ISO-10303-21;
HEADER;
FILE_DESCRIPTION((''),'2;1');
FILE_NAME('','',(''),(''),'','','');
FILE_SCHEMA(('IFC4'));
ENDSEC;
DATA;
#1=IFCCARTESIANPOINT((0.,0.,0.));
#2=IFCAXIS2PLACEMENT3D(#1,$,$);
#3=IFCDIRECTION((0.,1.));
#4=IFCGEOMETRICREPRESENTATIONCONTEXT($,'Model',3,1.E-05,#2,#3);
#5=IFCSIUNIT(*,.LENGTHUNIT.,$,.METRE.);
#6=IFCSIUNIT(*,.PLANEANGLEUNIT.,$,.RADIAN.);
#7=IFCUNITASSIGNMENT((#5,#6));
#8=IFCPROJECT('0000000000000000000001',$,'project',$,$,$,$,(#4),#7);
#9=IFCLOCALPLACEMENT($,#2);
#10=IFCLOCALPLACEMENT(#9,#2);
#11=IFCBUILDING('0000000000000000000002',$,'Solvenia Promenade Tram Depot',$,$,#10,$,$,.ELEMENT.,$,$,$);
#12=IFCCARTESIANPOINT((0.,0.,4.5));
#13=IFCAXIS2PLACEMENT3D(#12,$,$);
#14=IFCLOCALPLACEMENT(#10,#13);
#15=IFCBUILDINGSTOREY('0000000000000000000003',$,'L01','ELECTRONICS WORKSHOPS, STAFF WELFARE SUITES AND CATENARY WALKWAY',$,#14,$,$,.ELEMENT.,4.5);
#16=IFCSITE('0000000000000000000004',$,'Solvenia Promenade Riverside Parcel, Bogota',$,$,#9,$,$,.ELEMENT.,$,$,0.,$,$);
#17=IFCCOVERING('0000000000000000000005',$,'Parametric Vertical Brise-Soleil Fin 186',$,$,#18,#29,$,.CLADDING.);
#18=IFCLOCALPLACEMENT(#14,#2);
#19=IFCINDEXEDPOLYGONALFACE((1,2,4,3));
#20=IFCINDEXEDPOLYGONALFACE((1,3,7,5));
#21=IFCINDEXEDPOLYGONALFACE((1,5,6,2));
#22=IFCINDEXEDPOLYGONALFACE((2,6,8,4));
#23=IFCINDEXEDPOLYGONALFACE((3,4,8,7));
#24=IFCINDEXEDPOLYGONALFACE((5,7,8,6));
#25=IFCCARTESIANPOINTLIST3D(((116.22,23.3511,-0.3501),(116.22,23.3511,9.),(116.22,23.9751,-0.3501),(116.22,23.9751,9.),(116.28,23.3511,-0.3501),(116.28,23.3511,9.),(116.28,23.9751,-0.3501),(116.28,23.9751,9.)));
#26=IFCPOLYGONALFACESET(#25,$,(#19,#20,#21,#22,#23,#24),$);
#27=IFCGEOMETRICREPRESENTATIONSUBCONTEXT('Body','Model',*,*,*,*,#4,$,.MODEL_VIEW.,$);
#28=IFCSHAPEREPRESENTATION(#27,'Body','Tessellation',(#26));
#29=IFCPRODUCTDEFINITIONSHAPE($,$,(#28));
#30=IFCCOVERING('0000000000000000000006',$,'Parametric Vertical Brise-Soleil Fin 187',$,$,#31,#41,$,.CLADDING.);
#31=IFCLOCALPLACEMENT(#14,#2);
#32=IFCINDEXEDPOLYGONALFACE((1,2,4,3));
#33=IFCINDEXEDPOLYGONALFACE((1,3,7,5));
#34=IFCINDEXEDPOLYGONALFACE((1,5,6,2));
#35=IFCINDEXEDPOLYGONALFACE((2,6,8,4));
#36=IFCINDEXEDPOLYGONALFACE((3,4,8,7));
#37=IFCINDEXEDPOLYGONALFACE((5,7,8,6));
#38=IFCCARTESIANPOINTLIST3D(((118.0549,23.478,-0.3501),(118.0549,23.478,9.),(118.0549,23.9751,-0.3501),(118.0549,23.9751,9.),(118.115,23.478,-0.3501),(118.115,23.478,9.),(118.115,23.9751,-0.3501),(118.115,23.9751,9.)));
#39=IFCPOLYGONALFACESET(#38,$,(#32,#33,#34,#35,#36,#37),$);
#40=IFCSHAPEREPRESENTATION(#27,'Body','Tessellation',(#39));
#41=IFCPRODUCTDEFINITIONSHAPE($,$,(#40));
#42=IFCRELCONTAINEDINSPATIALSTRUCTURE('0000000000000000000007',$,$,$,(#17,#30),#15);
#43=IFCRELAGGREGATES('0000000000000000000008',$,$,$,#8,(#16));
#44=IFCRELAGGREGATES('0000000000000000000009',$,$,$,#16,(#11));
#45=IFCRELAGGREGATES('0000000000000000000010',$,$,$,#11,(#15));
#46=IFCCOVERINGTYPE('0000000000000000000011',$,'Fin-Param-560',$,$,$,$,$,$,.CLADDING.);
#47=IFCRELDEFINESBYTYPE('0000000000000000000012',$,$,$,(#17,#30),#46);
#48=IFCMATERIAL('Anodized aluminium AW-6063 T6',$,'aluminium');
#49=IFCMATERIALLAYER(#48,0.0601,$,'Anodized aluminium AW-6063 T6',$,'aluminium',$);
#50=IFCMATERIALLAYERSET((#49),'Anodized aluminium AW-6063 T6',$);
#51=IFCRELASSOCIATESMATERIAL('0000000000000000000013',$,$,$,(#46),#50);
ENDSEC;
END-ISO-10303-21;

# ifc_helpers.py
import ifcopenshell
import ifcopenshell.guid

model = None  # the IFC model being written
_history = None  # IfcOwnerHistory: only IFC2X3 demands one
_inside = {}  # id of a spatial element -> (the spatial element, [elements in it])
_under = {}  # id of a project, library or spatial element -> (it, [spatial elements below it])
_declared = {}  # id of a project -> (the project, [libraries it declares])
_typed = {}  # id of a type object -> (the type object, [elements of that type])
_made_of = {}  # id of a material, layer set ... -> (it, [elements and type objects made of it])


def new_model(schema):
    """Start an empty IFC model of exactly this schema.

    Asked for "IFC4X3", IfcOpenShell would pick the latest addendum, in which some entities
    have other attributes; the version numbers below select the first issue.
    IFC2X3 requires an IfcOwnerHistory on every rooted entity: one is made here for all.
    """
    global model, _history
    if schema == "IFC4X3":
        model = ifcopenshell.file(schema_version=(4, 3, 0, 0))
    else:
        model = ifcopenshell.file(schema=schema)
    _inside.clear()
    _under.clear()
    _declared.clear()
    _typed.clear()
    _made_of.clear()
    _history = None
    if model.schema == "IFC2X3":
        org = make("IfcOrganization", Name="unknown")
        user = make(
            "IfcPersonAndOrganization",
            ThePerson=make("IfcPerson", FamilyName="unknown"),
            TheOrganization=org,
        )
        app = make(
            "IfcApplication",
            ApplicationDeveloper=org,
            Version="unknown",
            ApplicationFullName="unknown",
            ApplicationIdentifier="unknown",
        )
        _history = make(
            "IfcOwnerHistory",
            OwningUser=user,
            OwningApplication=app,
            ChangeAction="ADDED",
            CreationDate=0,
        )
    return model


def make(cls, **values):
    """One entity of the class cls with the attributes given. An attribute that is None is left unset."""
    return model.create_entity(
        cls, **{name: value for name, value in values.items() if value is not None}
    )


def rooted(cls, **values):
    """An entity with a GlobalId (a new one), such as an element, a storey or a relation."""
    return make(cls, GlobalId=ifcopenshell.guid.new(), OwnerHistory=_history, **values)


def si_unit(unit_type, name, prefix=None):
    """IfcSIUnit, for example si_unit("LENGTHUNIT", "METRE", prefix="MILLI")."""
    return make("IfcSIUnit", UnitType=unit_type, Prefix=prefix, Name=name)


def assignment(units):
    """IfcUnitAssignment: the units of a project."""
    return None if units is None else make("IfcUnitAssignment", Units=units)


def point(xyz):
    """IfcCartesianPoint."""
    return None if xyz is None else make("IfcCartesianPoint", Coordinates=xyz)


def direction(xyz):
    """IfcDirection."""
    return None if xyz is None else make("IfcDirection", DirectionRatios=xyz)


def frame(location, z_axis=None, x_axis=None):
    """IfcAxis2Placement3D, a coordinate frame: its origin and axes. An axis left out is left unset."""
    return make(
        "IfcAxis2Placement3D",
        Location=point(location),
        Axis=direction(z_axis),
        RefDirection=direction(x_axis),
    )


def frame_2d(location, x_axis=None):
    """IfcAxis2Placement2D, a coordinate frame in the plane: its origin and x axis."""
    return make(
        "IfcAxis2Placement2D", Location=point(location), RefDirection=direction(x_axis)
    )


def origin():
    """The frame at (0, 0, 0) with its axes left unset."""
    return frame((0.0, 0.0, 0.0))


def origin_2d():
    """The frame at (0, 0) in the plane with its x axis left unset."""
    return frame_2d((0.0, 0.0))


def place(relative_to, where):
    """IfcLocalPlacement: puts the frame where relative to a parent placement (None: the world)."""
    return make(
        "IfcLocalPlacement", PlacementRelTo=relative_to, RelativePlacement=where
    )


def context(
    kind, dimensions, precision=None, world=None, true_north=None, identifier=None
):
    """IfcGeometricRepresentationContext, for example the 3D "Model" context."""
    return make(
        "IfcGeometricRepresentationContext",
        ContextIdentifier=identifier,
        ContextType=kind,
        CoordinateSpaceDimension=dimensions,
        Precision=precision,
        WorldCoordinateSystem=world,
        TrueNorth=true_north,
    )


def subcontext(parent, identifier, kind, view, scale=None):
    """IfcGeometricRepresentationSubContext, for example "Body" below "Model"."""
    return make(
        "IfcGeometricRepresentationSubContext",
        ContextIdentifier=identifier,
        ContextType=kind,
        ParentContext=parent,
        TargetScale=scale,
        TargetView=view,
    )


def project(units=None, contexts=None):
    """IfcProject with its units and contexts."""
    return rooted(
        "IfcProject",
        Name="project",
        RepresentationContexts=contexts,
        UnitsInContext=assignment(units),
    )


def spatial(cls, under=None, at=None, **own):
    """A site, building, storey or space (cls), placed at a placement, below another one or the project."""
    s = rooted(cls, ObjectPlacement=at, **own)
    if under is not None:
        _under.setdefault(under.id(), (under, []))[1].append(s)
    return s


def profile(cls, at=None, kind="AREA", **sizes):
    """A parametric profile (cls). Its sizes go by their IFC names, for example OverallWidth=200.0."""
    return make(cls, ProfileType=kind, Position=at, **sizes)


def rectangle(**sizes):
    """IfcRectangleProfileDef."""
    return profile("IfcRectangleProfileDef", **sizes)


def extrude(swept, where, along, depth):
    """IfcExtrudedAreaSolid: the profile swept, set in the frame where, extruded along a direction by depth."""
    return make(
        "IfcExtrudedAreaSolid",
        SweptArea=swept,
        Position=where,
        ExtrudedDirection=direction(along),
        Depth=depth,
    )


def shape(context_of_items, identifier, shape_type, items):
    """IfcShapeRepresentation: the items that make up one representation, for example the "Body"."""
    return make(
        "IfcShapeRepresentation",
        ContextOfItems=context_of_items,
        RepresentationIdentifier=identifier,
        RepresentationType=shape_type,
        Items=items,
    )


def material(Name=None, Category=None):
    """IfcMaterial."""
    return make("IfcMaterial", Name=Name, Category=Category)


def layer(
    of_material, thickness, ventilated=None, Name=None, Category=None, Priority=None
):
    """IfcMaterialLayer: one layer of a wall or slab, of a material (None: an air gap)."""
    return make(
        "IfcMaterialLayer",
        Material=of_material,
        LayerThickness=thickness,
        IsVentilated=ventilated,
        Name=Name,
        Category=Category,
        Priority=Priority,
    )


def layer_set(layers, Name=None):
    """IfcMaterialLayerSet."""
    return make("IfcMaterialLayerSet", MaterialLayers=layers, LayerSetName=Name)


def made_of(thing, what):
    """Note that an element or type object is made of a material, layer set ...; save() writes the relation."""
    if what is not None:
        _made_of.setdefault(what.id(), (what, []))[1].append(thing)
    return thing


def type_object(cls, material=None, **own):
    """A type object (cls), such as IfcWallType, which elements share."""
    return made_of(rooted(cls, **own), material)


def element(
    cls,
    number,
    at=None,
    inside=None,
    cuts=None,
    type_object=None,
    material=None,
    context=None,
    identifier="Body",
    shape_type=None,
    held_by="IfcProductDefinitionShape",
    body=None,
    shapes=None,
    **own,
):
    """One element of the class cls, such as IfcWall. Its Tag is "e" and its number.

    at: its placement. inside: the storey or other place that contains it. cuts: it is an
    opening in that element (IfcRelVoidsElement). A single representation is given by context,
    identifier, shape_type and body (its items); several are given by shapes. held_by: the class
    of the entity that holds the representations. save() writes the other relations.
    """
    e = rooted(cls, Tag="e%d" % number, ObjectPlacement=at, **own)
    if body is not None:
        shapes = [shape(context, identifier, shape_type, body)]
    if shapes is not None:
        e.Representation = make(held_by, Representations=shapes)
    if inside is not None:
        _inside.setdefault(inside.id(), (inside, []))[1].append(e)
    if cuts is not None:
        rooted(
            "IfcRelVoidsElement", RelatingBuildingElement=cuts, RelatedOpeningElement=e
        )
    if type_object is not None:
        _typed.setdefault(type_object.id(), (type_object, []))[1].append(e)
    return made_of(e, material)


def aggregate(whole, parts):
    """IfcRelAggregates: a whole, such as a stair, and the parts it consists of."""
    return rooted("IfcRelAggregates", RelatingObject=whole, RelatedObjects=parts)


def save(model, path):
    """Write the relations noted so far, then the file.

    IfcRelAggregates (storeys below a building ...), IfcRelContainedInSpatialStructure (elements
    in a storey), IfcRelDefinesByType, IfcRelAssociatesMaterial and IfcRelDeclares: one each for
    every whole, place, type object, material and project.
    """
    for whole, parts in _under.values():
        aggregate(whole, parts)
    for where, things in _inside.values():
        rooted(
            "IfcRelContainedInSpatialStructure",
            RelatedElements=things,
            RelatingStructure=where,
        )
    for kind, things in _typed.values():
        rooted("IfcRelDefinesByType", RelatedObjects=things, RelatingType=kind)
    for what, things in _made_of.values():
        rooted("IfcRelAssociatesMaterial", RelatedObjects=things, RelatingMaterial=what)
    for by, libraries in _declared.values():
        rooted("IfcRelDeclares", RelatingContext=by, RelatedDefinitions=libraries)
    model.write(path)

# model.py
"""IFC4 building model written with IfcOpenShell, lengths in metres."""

from ifc_helpers import new_model, si_unit, direction, frame, origin, origin_2d, place, context, subcontext, project, spatial, rectangle, extrude, material, layer, layer_set, type_object, element, save


model = new_model("IFC4")

# Units and contexts
model_context = context("Model", 3, precision=1e-05, world=origin(), true_north=direction((0.0, 1.0)))
body_context = subcontext(model_context, "Body", "Model", "MODEL_VIEW")
ifc_project = project(units=[si_unit("LENGTHUNIT", "METRE"), si_unit("PLANEANGLEUNIT", "RADIAN")], contexts=[model_context])

# Site, building, storey
site_placement = place(None, origin())
site = spatial("IfcSite", under=ifc_project, at=site_placement, Name="Solvenia Promenade Riverside Parcel, Bogota", CompositionType="ELEMENT", RefElevation=0.0)
building_placement = place(site_placement, origin())
building = spatial("IfcBuilding", under=site, at=building_placement, Name="Solvenia Promenade Tram Depot", CompositionType="ELEMENT")
storey_placement = place(building_placement, frame((0.0, 0.0, 4.5)))
storey = spatial("IfcBuildingStorey", under=building, at=storey_placement, Name="L01", Description="ELECTRONICS WORKSHOPS, STAFF WELFARE SUITES AND CATENARY WALKWAY", CompositionType="ELEMENT", Elevation=4.5)

# Shared definitions
ifc_material_1 = material(Name="Anodized aluminium AW-6063 T6", Category="aluminium")

# Coverings
ifc_layer_1 = layer(ifc_material_1, 0.0601, Name="Anodized aluminium AW-6063 T6", Category="aluminium")
ifc_layer_set_1 = layer_set([ifc_layer_1], Name="Anodized aluminium AW-6063 T6")
covering_type = type_object("IfcCoveringType", Name="Fin-Param-560", PredefinedType="CLADDING", material=ifc_layer_set_1)
covering_1_placement = place(storey_placement, frame((116.25, 23.6631, -0.3501), z_axis=(0.0, 0.0, 1.0), x_axis=(1.0, 0.0, 0.0)))
element("IfcCovering", 1, at=covering_1_placement, inside=storey, type_object=covering_type, Name="Parametric Vertical Brise-Soleil Fin 186", PredefinedType="CLADDING", context=body_context, shape_type="SweptSolid", body=[
    extrude(rectangle(XDim=0.0601, YDim=0.624, at=origin_2d()), origin(), (0.0, 0.0, 1.0), 9.3501),
])
covering_2_placement = place(storey_placement, frame((118.085, 23.7266, -0.3501), z_axis=(0.0, 0.0, 1.0), x_axis=(1.0, 0.0, 0.0)))
element("IfcCovering", 2, at=covering_2_placement, inside=storey, type_object=covering_type, Name="Parametric Vertical Brise-Soleil Fin 187", PredefinedType="CLADDING", context=body_context, shape_type="SweptSolid", body=[
    extrude(rectangle(XDim=0.0601, YDim=0.4971, at=origin_2d()), origin(), (0.0, 0.0, 1.0), 9.3501),
])

save(model, "model.ifc")
